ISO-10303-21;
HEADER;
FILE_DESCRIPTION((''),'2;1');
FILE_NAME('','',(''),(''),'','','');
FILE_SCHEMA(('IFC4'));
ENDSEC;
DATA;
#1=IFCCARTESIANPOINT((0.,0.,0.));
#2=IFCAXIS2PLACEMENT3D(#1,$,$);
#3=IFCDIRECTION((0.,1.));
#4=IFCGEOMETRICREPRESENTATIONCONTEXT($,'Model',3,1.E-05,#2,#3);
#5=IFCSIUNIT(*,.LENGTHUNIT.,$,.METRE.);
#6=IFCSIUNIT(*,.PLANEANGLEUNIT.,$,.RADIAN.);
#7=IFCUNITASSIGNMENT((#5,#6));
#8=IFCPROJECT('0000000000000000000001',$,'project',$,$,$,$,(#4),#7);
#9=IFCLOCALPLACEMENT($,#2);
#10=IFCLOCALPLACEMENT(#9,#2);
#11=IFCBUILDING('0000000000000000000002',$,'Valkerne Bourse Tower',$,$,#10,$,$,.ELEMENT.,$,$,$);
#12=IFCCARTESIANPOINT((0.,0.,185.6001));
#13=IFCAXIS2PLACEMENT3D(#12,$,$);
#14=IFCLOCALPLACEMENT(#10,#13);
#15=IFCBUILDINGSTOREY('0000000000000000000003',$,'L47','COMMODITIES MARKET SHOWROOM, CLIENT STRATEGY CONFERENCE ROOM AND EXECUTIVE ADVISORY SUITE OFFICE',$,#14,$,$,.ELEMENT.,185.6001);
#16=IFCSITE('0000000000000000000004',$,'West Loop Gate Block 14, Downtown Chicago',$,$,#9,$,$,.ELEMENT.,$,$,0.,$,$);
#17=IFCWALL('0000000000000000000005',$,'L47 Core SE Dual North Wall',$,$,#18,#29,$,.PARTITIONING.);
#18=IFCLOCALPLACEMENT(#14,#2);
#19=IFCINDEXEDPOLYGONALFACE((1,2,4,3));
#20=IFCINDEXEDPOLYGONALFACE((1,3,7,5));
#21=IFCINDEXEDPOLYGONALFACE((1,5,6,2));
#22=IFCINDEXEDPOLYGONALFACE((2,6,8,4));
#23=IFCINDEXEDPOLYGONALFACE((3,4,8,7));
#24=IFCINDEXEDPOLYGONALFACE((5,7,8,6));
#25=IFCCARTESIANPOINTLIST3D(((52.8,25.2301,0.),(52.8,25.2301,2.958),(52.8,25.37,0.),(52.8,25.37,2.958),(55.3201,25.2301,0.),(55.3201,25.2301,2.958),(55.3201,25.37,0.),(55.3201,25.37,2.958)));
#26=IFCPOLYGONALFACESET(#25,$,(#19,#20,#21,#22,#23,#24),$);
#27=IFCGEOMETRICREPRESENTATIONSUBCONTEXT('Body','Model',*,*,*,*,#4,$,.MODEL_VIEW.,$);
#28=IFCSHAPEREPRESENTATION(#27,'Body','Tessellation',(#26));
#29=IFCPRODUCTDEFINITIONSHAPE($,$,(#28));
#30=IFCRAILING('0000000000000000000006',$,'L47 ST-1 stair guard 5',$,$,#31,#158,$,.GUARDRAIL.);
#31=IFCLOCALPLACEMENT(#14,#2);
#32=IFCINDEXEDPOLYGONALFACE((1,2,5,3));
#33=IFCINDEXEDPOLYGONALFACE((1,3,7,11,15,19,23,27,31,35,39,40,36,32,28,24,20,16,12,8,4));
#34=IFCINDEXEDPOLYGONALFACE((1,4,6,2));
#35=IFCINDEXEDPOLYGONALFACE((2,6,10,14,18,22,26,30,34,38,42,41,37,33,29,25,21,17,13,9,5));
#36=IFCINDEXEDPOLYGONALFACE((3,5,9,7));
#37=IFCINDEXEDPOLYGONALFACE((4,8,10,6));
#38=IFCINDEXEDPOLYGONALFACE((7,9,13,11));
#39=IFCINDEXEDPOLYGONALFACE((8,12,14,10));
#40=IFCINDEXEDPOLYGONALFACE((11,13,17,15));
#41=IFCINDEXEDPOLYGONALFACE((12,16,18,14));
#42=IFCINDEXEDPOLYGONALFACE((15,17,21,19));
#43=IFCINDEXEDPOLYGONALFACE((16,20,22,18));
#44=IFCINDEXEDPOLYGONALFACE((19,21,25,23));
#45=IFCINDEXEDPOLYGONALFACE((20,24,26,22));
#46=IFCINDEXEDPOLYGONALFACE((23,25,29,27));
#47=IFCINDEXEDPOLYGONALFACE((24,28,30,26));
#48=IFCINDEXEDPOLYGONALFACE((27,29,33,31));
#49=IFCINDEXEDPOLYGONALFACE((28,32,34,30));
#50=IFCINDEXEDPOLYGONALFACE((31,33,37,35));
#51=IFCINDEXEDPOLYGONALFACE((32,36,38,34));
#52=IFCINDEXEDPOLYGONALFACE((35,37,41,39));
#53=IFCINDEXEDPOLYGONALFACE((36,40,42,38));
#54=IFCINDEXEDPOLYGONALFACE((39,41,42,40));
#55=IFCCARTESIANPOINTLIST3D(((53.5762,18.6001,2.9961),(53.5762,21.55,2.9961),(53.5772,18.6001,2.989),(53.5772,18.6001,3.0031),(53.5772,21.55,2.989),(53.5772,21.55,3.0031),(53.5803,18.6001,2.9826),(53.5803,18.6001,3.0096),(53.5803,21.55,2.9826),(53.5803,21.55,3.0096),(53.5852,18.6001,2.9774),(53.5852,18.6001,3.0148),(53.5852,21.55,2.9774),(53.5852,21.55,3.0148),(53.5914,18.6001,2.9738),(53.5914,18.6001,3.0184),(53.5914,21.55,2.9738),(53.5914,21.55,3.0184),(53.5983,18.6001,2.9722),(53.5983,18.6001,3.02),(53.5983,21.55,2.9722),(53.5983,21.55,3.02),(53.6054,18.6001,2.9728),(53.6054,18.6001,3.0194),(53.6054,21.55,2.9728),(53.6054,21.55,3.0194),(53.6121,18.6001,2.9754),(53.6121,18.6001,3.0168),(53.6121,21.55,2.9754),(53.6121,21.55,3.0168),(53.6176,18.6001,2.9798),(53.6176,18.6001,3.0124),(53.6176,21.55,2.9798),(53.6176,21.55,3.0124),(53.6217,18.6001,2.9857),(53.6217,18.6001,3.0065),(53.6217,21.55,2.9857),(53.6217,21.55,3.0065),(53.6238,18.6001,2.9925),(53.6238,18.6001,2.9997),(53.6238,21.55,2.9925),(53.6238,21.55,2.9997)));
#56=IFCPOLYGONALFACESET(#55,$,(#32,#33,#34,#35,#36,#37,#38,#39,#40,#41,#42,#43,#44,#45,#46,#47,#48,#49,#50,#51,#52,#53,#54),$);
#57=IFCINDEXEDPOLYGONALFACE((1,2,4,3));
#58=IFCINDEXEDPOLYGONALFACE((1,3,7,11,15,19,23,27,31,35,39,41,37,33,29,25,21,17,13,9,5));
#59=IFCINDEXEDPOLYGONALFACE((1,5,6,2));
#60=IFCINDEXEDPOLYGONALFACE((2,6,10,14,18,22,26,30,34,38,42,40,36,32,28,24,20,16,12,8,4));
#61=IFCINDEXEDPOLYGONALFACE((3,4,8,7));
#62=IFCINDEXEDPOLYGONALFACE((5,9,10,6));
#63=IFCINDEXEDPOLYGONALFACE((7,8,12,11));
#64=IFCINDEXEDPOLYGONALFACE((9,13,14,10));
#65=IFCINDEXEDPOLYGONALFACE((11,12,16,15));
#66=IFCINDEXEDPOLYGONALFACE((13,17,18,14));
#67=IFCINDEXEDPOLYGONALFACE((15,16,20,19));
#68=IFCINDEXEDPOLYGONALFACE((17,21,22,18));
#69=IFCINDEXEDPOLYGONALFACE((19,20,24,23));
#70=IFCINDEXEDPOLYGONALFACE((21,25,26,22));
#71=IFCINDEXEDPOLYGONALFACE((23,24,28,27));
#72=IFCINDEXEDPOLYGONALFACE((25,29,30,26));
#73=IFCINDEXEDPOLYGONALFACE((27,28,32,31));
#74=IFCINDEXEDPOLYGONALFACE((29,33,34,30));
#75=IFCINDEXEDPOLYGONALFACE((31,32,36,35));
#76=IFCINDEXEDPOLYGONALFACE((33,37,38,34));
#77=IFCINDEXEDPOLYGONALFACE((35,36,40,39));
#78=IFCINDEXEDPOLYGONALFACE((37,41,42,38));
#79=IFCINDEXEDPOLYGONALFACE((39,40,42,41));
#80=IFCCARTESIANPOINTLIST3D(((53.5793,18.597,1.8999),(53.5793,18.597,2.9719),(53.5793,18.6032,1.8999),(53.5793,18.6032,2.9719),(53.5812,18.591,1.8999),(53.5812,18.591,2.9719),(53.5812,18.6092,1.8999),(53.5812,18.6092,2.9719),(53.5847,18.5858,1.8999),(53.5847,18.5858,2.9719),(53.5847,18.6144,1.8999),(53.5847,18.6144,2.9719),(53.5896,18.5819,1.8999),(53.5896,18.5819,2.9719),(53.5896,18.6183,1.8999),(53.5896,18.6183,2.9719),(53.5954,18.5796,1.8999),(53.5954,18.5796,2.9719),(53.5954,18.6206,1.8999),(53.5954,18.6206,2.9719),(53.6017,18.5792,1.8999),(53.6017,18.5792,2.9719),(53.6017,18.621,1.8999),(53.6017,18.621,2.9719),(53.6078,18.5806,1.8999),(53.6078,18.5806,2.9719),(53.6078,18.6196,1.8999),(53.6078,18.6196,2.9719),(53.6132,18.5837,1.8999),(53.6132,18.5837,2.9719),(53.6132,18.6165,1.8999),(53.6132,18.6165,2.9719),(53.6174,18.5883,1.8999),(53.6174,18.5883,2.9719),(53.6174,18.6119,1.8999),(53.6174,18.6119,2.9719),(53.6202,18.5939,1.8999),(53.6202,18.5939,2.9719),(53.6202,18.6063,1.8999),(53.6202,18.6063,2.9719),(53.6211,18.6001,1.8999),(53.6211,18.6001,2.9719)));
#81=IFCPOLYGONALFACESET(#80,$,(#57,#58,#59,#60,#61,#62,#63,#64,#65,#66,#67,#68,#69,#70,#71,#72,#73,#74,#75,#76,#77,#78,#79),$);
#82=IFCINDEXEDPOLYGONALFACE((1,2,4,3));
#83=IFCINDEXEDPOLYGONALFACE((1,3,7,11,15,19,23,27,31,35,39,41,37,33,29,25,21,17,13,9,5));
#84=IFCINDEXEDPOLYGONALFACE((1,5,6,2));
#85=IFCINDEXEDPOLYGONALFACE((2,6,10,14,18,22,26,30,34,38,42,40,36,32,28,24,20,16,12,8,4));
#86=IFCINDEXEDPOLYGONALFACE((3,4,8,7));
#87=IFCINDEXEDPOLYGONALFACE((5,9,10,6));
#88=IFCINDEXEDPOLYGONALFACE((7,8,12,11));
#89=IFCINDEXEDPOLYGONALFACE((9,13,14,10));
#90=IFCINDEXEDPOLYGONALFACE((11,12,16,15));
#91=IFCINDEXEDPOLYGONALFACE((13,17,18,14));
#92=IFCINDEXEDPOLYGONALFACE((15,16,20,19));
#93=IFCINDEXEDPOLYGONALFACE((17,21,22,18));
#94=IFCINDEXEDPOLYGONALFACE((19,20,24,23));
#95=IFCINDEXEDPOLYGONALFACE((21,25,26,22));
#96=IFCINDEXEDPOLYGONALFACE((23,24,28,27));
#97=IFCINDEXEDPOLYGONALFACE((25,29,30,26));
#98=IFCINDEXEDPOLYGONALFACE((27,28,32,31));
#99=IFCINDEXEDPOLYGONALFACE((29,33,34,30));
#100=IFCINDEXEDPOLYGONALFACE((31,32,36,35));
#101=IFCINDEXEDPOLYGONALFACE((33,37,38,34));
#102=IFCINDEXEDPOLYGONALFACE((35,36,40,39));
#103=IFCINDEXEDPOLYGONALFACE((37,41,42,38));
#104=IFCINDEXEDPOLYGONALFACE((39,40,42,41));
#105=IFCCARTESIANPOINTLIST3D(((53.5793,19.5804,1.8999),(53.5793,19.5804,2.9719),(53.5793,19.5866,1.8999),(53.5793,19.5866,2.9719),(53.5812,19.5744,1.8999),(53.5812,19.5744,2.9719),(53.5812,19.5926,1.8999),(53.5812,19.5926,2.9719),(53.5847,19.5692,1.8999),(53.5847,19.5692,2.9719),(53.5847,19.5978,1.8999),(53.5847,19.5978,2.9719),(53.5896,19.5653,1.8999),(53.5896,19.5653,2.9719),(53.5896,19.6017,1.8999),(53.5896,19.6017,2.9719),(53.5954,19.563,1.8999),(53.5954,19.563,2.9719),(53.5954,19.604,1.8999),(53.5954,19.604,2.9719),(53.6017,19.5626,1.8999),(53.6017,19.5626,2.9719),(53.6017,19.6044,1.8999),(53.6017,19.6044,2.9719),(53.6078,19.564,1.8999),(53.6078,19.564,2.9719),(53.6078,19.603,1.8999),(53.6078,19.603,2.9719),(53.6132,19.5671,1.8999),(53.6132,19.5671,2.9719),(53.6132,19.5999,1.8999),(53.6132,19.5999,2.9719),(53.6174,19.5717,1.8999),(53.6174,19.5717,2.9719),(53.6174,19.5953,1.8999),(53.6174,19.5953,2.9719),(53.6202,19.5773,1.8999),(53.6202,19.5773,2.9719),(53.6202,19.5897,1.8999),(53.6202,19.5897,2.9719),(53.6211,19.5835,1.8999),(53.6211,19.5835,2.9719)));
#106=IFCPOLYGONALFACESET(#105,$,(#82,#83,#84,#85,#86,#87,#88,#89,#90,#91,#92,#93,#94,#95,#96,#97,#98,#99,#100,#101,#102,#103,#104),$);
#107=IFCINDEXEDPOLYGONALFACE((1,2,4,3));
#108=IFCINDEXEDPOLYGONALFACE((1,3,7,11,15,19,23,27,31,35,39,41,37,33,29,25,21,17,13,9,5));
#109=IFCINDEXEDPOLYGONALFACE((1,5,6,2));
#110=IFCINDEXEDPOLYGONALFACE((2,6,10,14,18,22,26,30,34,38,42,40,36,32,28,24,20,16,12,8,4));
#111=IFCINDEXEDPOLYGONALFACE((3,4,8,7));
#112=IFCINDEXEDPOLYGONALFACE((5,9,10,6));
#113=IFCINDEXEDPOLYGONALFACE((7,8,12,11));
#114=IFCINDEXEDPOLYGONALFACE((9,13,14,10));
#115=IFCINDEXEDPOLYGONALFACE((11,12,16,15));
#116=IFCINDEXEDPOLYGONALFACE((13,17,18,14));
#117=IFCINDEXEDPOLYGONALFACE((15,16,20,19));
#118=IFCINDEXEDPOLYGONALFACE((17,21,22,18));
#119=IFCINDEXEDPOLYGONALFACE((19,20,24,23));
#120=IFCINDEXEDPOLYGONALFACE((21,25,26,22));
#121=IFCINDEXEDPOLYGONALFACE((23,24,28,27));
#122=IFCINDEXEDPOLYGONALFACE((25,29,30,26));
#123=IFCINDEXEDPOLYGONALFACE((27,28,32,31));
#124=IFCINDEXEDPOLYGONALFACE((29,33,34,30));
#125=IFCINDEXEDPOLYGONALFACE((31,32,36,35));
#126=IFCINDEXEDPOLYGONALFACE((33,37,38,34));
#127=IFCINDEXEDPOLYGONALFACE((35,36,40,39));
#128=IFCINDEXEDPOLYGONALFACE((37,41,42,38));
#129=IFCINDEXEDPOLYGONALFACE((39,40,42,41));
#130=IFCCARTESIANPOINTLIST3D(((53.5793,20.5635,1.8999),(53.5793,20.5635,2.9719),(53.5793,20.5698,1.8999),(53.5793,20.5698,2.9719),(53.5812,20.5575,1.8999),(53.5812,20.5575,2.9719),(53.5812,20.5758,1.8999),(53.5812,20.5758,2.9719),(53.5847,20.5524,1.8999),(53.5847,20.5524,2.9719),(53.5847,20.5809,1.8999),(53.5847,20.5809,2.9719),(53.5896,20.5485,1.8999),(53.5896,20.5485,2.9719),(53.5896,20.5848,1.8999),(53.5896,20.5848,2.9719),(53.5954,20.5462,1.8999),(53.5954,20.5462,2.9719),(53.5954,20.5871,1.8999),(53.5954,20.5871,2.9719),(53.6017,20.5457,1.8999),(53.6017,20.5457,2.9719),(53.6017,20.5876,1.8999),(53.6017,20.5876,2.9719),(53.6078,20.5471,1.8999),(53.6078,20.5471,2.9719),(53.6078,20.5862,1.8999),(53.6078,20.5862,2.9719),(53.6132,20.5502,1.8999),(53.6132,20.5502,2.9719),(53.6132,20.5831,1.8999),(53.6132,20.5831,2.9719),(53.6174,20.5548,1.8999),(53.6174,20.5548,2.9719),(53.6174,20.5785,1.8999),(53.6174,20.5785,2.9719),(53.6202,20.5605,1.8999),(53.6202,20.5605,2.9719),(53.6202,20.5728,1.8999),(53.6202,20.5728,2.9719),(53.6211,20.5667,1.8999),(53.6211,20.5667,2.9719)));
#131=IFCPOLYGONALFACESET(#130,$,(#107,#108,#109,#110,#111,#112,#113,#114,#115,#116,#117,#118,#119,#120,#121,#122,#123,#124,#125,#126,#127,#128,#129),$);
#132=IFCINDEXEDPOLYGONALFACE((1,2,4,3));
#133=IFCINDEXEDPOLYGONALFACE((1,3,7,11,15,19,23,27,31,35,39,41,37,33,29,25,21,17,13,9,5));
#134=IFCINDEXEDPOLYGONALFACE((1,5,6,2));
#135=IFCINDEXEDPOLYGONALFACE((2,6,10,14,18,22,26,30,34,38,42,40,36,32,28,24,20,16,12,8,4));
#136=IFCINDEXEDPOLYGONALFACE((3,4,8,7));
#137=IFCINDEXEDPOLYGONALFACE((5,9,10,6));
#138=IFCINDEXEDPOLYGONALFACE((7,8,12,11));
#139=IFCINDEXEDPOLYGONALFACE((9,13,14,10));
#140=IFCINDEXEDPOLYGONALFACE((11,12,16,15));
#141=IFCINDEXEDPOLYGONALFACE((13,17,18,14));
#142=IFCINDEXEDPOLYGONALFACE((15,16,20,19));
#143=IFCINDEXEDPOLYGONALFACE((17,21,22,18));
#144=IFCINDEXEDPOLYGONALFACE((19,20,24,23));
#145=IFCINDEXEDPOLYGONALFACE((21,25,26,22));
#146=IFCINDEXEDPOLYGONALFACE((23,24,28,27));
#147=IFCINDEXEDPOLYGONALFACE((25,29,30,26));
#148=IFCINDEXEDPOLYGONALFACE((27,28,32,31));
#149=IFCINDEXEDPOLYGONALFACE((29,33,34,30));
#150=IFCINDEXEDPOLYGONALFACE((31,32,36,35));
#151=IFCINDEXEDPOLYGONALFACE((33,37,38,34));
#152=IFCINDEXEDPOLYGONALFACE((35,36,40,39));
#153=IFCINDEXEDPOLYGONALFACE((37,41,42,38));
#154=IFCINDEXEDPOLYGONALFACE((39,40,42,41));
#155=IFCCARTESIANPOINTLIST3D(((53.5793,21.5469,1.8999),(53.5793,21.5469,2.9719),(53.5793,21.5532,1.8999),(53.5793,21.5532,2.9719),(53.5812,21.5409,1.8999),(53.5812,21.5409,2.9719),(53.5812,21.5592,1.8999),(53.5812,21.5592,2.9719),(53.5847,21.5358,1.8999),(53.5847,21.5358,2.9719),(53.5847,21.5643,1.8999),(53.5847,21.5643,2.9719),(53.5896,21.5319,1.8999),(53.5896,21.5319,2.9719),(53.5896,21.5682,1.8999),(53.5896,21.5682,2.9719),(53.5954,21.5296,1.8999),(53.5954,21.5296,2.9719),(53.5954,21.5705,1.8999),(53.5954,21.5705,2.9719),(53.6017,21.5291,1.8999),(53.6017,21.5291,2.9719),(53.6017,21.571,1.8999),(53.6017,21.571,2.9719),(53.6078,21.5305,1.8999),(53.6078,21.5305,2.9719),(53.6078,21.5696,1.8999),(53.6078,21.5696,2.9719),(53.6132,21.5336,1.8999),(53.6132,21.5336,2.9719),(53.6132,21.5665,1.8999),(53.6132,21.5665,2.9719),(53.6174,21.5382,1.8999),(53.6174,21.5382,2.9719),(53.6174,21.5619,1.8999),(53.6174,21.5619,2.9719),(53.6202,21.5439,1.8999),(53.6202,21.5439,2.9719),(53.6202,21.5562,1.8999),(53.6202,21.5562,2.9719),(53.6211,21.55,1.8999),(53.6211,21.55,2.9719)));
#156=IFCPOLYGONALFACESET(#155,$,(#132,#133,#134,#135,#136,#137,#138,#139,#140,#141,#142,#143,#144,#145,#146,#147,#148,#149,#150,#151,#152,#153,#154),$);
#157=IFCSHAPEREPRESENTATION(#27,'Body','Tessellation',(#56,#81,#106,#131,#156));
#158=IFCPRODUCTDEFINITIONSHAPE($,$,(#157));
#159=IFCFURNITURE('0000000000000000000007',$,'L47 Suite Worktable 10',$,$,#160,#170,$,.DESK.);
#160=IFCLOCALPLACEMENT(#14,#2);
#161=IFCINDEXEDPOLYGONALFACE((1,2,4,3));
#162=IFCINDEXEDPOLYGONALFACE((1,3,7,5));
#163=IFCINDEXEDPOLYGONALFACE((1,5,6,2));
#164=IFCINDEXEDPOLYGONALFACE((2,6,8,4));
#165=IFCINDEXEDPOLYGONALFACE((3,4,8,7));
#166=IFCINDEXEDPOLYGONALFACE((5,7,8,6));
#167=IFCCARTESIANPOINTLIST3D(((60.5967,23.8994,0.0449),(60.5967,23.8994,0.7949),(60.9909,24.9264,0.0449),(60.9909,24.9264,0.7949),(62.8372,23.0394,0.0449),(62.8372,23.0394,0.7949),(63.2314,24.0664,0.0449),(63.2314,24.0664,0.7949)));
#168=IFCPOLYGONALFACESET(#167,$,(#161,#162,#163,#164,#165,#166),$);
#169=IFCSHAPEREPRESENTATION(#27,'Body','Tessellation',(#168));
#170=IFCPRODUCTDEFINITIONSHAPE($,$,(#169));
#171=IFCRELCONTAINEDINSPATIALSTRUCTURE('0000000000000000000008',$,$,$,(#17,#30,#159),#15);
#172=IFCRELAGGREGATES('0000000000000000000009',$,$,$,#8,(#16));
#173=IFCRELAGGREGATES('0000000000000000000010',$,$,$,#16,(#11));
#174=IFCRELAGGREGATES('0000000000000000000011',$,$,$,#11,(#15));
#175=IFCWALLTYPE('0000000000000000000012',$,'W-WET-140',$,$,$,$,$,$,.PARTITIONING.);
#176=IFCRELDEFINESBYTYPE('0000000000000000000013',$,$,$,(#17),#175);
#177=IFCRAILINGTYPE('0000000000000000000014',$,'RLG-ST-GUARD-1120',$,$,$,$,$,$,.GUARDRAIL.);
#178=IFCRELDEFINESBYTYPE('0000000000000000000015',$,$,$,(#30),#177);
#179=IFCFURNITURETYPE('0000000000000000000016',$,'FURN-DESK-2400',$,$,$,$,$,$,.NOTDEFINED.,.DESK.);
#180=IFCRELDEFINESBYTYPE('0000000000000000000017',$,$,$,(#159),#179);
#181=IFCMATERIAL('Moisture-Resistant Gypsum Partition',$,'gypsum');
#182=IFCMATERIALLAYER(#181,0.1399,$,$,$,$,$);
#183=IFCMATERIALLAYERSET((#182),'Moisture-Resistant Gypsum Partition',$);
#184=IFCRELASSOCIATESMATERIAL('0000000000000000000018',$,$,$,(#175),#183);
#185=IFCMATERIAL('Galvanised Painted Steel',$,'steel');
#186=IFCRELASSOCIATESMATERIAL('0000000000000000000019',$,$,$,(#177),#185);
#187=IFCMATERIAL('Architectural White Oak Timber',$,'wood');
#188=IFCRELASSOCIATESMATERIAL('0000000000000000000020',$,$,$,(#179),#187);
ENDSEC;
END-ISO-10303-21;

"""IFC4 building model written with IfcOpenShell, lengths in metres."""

from ifc_helpers import new_model, si_unit, direction, frame, frame_2d, origin, origin_2d, place, context, subcontext, project, spatial, rectangle, circle, extrude, material, layer, layer_set, type_object, element, save


model = new_model("IFC4")

# Units and contexts
model_context = context("Model", 3, precision=1e-05, world=origin(), true_north=direction((0.0, 1.0)))
body_context = subcontext(model_context, "Body", "Model", "MODEL_VIEW")
ifc_project = project(units=[si_unit("LENGTHUNIT", "METRE"), si_unit("PLANEANGLEUNIT", "RADIAN")], contexts=[model_context])

# Site, building, storey
site_placement = place(None, origin())
site = spatial("IfcSite", under=ifc_project, at=site_placement, Name="West Loop Gate Block 14, Downtown Chicago", CompositionType="ELEMENT", RefElevation=0.0)
building_placement = place(site_placement, origin())
building = spatial("IfcBuilding", under=site, at=building_placement, Name="Valkerne Bourse Tower", CompositionType="ELEMENT")
storey_placement = place(building_placement, frame((0.0, 0.0, 185.6001)))
storey = spatial("IfcBuildingStorey", under=building, at=storey_placement, Name="L47", Description="COMMODITIES MARKET SHOWROOM, CLIENT STRATEGY CONFERENCE ROOM AND EXECUTIVE ADVISORY SUITE OFFICE", CompositionType="ELEMENT", Elevation=185.6001)

# Shared definitions
ifc_material_1 = material(Name="Moisture-Resistant Gypsum Partition", Category="gypsum")
ifc_layer_1 = layer(ifc_material_1, 0.1399)
ifc_layer_set_1 = layer_set([ifc_layer_1], Name="Moisture-Resistant Gypsum Partition")
wall_type_1 = type_object("IfcWallType", Name="W-WET-140", PredefinedType="PARTITIONING", material=ifc_layer_set_1)
ifc_material_2 = material(Name="Architectural White Oak Timber", Category="wood")

# Wall
wall_1_placement = place(storey_placement, frame((52.8, 25.3, 0.0), z_axis=(0.0, 0.0, 1.0), x_axis=(1.0, 0.0, 0.0)))
element("IfcWall", 1, at=wall_1_placement, inside=storey, type_object=wall_type_1, Name="L47 Core SE Dual North Wall", PredefinedType="PARTITIONING", context=body_context, shape_type="SweptSolid", body=[
    extrude(rectangle(XDim=2.52, YDim=0.1399, at=frame_2d((1.26, 0.0))), origin(), (0.0, 0.0, 1.0), 2.958),
])

# Railing
ifc_material_3 = material(Name="Galvanised Painted Steel", Category="steel")
railing_type = type_object("IfcRailingType", Name="RLG-ST-GUARD-1120", PredefinedType="GUARDRAIL", material=ifc_material_3)
railing_placement = place(storey_placement, frame((53.6001, 18.6001, 1.8999)))
element("IfcRailing", 2, at=railing_placement, inside=storey, type_object=railing_type, Name="L47 ST-1 stair guard 5", PredefinedType="GUARDRAIL", context=body_context, shape_type="SweptSolid", body=[
    extrude(circle(Radius=0.0239, at=origin_2d()), frame((0.0, 0.0, 1.0962), z_axis=(0.0, 1.0, 0.0), x_axis=(-1.0, 0.0, 0.0)), (0.0, 0.0, 1.0), 2.95),
    extrude(circle(Radius=0.021, at=origin_2d()), origin(), (0.0, 0.0, 1.0), 1.072),
    extrude(circle(Radius=0.021, at=origin_2d()), frame((0.0, 0.9834, 0.0)), (0.0, 0.0, 1.0), 1.072),
    extrude(circle(Radius=0.021, at=origin_2d()), frame((0.0, 1.9666, 0.0)), (0.0, 0.0, 1.0), 1.072),
    extrude(circle(Radius=0.021, at=origin_2d()), frame((0.0, 2.95, 0.0)), (0.0, 0.0, 1.0), 1.072),
])

# Furniture
furniture_type = type_object("IfcFurnitureType", Name="FURN-DESK-2400", AssemblyPlace="NOTDEFINED", PredefinedType="DESK", material=ifc_material_2)
furniture_placement = place(storey_placement, frame((61.9141, 23.9829, 0.0449), z_axis=(0.0, 0.0, 1.0), x_axis=(-0.93358, 0.358368, 0.0)))
element("IfcFurniture", 3, at=furniture_placement, inside=storey, type_object=furniture_type, Name="L47 Suite Worktable 10", PredefinedType="DESK", context=body_context, shape_type="SweptSolid", body=[
    extrude(rectangle(XDim=2.3999, YDim=1.1001, at=origin_2d()), origin(), (0.0, 0.0, 1.0), 0.75),
])

save(model, "model.ifc")
